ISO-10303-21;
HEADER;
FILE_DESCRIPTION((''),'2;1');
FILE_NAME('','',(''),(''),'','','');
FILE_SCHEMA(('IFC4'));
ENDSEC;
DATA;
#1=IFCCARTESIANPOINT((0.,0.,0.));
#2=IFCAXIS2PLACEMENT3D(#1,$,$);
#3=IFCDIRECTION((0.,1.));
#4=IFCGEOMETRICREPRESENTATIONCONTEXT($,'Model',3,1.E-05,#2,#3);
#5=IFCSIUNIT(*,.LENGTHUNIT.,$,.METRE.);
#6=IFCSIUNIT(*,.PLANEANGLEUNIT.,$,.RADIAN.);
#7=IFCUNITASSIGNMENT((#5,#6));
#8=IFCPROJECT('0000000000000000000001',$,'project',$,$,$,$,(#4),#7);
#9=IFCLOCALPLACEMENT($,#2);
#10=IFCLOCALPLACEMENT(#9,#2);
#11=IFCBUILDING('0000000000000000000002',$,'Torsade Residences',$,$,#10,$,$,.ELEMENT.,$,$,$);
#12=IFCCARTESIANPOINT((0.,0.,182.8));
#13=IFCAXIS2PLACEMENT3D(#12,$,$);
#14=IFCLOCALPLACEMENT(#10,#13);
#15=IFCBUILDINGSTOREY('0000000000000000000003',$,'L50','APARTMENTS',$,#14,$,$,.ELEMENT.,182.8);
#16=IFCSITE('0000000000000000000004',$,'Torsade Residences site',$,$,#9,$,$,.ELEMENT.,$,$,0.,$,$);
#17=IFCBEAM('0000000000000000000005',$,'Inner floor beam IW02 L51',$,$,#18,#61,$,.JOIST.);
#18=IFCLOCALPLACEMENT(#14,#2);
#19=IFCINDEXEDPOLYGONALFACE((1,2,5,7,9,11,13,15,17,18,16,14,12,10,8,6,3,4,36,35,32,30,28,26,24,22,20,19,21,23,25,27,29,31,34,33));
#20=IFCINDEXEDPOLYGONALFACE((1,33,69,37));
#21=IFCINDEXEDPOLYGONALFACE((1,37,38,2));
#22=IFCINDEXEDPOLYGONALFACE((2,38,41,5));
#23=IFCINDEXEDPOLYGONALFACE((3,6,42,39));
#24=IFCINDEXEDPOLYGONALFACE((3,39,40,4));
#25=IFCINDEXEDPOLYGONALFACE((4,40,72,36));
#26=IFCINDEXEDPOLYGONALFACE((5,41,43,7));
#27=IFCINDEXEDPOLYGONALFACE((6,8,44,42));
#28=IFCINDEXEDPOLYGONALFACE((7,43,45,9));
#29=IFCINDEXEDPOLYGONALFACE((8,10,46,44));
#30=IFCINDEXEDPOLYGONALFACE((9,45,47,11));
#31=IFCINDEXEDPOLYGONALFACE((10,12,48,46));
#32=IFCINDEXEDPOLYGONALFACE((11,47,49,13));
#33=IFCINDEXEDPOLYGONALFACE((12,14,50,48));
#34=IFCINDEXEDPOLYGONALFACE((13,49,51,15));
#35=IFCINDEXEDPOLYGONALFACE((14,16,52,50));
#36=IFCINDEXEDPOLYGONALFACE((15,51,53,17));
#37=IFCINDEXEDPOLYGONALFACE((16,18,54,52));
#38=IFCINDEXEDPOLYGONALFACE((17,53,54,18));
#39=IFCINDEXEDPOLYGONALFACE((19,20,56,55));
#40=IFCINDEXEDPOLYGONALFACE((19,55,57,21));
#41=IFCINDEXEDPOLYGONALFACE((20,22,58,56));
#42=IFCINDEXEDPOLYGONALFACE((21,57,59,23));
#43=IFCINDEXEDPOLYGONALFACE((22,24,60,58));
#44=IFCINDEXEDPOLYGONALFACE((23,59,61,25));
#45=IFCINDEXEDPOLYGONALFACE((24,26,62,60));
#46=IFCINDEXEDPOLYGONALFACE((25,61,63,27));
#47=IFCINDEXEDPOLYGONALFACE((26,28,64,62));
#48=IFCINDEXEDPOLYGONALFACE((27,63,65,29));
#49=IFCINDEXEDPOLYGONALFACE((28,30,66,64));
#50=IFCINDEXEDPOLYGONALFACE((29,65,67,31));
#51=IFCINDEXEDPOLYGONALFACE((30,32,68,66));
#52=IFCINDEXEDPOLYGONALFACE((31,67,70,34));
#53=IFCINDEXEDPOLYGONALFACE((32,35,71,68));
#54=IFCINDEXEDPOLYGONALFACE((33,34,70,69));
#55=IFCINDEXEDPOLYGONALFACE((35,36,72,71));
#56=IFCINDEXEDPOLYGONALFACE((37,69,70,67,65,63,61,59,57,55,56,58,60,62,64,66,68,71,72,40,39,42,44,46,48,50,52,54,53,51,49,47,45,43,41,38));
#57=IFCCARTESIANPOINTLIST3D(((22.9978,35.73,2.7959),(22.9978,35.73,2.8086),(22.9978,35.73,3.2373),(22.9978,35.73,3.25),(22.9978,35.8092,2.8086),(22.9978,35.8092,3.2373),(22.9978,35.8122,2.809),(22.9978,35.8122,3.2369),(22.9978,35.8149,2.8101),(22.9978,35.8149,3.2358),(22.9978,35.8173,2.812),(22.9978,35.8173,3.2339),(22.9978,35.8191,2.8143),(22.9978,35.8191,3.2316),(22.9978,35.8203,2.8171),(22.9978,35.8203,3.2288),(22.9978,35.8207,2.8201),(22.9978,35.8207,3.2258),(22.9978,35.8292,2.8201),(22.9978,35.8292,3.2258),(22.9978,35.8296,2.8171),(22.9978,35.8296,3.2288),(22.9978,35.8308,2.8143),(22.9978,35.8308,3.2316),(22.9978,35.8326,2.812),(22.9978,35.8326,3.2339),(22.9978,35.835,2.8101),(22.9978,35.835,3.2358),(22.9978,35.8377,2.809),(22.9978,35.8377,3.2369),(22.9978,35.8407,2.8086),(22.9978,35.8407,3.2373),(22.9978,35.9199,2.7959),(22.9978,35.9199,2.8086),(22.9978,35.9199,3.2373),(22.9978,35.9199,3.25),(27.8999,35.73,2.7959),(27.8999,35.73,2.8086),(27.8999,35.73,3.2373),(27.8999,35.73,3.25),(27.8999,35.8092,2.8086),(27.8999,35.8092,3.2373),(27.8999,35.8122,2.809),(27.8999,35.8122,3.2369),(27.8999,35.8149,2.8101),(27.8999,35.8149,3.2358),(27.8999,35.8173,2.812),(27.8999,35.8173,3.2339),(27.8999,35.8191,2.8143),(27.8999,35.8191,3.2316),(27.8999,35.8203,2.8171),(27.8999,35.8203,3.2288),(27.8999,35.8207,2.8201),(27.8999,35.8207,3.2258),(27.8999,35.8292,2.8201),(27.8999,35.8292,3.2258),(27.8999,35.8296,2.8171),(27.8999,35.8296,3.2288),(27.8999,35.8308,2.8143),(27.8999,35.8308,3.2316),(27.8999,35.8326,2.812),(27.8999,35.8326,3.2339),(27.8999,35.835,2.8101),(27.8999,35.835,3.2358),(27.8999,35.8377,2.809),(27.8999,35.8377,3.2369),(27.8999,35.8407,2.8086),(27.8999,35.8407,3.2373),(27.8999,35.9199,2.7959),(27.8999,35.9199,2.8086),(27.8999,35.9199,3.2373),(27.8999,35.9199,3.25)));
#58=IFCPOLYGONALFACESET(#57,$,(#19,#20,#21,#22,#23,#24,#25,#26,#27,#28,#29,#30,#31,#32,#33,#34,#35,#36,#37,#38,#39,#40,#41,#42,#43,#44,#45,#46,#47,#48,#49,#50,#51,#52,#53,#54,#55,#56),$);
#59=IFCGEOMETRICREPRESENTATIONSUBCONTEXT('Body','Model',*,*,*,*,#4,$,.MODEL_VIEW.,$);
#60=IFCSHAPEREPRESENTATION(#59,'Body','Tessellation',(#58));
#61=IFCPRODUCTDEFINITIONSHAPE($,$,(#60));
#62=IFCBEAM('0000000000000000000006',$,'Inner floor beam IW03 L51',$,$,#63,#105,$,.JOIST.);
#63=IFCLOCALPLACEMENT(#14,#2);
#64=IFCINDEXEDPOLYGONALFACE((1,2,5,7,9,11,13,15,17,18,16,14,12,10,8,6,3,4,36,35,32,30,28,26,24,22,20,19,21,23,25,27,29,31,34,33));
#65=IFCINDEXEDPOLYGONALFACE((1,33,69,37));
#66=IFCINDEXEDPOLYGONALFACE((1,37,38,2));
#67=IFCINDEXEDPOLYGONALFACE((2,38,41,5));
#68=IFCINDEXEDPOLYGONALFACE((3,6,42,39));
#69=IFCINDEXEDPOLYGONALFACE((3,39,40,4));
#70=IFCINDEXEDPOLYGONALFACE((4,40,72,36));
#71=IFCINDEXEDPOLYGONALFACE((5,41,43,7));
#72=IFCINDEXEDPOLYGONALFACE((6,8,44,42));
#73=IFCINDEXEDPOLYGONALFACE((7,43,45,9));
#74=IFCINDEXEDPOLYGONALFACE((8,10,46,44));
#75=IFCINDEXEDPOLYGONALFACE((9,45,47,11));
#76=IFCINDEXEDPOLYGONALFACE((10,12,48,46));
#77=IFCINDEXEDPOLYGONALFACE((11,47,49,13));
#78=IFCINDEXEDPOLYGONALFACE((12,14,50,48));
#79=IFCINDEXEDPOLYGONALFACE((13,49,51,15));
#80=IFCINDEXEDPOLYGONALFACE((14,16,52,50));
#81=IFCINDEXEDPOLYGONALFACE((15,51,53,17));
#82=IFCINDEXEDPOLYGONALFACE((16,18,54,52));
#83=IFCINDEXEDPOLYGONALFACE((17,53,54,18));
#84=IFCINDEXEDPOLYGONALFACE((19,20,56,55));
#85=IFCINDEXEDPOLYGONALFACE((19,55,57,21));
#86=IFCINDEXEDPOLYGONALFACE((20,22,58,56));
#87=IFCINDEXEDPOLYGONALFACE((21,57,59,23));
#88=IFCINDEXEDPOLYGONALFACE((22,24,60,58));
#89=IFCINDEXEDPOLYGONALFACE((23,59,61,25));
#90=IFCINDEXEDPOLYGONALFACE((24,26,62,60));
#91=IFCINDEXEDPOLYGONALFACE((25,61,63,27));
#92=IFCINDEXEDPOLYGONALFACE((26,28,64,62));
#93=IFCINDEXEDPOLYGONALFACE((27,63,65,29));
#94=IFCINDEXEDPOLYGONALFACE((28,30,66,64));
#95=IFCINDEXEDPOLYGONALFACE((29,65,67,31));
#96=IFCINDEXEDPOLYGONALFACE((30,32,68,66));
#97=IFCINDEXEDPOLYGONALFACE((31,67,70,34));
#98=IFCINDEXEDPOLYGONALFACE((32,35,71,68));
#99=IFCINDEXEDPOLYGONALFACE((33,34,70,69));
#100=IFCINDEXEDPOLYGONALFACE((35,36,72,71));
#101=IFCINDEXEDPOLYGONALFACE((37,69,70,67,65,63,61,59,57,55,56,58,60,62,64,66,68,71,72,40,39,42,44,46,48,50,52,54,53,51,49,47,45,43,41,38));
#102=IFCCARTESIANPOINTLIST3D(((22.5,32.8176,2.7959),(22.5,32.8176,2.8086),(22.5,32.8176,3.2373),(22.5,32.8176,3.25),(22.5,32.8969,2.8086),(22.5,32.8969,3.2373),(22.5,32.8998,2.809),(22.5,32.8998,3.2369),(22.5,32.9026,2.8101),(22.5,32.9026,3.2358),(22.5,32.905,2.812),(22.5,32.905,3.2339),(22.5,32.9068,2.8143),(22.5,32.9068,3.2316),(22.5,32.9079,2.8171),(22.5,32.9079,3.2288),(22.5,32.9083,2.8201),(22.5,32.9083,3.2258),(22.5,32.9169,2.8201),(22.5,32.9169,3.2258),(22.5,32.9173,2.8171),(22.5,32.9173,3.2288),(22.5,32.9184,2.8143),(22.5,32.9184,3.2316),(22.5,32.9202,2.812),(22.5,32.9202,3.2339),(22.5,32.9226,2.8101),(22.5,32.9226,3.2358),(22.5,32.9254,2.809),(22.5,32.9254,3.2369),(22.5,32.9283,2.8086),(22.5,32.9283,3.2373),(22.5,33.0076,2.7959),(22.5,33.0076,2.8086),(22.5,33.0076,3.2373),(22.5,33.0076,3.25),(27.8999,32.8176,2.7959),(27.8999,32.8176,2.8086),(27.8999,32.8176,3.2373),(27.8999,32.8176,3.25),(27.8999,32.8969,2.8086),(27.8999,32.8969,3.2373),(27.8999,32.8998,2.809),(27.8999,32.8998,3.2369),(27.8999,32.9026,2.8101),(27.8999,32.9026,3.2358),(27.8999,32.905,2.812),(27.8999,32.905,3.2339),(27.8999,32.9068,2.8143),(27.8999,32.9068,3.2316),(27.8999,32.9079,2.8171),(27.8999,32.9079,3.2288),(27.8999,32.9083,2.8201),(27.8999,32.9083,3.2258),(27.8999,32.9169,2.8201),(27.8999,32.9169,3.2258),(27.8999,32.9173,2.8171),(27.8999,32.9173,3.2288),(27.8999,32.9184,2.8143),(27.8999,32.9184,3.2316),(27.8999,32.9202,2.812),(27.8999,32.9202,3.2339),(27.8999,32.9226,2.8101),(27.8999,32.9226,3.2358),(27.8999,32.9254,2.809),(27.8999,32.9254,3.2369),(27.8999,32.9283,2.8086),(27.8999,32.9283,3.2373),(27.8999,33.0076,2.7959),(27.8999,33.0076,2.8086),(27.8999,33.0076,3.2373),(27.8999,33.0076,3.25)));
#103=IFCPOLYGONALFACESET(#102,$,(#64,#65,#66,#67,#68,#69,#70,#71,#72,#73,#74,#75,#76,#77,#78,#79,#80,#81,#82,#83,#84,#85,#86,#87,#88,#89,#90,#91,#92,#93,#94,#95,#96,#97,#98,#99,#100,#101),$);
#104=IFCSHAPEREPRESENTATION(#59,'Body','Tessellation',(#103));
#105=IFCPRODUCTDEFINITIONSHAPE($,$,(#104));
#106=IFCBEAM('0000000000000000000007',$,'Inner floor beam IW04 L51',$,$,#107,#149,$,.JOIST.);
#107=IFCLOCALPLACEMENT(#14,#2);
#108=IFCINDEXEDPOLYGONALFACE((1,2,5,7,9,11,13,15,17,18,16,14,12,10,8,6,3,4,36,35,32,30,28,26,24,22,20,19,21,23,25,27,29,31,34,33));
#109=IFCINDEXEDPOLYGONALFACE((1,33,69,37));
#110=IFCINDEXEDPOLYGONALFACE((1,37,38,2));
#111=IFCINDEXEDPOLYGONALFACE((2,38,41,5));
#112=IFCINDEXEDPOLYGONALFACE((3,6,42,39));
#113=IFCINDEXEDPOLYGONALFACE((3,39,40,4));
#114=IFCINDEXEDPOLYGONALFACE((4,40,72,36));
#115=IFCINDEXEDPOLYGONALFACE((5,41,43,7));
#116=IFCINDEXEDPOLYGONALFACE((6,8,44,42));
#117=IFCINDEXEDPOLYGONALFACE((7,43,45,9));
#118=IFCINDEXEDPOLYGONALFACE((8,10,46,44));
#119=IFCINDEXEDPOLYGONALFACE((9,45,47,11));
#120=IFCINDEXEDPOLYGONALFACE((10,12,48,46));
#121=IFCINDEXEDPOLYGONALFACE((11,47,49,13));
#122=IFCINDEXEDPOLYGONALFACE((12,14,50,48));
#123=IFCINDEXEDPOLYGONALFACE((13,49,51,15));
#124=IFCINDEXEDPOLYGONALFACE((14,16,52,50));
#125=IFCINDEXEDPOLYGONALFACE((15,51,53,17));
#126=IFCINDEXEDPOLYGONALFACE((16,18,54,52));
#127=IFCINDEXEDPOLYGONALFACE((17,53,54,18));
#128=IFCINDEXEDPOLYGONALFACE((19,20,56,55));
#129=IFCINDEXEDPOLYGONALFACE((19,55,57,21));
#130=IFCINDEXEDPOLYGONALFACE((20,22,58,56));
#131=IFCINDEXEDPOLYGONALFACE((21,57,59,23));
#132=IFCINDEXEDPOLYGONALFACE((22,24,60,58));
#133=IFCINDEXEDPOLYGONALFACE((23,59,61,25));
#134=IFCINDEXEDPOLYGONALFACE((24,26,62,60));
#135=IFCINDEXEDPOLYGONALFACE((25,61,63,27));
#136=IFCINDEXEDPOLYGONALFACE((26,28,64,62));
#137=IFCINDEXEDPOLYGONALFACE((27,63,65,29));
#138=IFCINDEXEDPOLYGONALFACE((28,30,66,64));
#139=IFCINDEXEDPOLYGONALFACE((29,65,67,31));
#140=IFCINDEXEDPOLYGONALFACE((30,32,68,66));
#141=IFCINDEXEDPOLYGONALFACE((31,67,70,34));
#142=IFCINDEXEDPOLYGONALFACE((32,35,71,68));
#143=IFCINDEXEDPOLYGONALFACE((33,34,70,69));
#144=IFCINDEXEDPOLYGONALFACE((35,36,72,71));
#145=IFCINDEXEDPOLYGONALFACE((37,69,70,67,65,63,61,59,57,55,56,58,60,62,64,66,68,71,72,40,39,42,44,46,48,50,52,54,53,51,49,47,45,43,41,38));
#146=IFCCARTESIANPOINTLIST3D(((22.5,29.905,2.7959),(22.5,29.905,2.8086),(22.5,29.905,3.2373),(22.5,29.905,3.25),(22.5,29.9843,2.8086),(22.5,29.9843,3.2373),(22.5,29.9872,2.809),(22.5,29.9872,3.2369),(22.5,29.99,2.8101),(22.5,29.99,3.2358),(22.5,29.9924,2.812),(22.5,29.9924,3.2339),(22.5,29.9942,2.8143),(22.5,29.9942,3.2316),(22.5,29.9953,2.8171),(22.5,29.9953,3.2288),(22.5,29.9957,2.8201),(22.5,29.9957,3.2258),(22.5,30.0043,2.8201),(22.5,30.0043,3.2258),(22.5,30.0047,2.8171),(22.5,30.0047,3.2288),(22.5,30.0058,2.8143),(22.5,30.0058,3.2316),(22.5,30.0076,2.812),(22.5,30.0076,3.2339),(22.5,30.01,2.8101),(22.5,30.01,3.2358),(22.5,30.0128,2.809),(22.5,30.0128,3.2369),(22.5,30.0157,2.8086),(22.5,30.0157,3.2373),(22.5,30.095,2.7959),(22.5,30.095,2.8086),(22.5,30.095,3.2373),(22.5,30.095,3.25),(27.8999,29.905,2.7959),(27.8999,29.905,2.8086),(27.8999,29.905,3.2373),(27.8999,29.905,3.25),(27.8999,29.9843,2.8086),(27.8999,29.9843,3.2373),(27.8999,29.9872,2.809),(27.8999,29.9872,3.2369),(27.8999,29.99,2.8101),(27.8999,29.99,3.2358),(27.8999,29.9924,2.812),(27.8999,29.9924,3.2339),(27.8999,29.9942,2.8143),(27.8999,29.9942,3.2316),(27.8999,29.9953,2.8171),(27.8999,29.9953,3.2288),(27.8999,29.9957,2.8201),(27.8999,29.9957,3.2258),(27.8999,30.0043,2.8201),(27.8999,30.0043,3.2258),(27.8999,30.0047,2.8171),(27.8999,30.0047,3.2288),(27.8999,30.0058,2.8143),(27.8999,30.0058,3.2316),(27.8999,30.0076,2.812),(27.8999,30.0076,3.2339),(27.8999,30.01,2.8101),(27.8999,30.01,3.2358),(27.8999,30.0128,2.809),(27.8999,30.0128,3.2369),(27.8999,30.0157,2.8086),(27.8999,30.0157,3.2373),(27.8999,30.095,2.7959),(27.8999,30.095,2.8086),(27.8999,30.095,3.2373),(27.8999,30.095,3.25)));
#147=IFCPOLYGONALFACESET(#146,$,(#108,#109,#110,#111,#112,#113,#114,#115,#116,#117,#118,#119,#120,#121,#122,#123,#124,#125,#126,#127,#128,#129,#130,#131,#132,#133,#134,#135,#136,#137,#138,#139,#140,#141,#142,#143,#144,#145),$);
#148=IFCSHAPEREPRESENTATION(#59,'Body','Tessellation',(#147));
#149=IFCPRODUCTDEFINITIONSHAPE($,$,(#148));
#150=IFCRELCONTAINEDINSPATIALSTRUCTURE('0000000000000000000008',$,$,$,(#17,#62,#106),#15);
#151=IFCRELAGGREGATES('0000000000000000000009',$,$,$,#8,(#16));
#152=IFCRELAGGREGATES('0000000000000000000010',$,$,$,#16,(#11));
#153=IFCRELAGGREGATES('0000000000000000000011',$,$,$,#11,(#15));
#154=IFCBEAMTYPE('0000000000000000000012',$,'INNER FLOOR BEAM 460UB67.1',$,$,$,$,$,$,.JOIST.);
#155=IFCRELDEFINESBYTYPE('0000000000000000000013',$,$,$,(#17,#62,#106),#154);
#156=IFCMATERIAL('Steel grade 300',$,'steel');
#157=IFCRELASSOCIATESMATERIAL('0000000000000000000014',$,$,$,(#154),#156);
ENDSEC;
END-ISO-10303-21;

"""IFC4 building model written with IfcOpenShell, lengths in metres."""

from ifc_helpers import new_model, si_unit, direction, frame, origin, origin_2d, place, context, subcontext, project, spatial, i_section, extrude, material, material_profile, profile_set, type_object, element, save


model = new_model("IFC4")

# Units and contexts
model_context = context("Model", 3, precision=1e-05, world=origin(), true_north=direction((0.0, 1.0)))
body_context = subcontext(model_context, "Body", "Model", "MODEL_VIEW")
ifc_project = project(units=[si_unit("LENGTHUNIT", "METRE"), si_unit("PLANEANGLEUNIT", "RADIAN")], contexts=[model_context])

# Site, building, storey
site_placement = place(None, origin())
site = spatial("IfcSite", under=ifc_project, at=site_placement, Name="Torsade Residences site", CompositionType="ELEMENT", RefElevation=0.0)
building_placement = place(site_placement, origin())
building = spatial("IfcBuilding", under=site, at=building_placement, Name="Torsade Residences", CompositionType="ELEMENT")
storey_placement = place(building_placement, frame((0.0, 0.0, 182.8)))
storey = spatial("IfcBuildingStorey", under=building, at=storey_placement, Name="L50", Description="APARTMENTS", CompositionType="ELEMENT", Elevation=182.8)

# Beams
ifc_material_1 = material(Name="Steel grade 300", Category="steel")
ifc_material_profile = material_profile(ifc_material_1, i_section(OverallWidth=0.1899, OverallDepth=0.4541, WebThickness=0.0085, FlangeThickness=0.0127, FilletRadius=0.0115, at=origin_2d()), Name="460UB67.1")
ifc_profile_set = profile_set([ifc_material_profile], Name="Steel grade 300")
beam_type = type_object("IfcBeamType", Name="INNER FLOOR BEAM 460UB67.1", PredefinedType="JOIST", material=ifc_profile_set)
beam_placement = place(storey_placement, frame((27.8999, 35.825, 3.0229), z_axis=(-1.0, 0.0, 0.0), x_axis=(0.0, -1.0, 0.0)))
element("IfcBeam", 1, at=beam_placement, inside=storey, type_object=beam_type, Name="Inner floor beam IW02 L51", PredefinedType="JOIST", context=body_context, shape_type="SweptSolid", body=[
    extrude(i_section(OverallWidth=0.1899, OverallDepth=0.4541, WebThickness=0.0085, FlangeThickness=0.0127, FilletRadius=0.0115, at=origin_2d()), origin(), (0.0, 0.0, 1.0), 4.9021),
])
for number, where, z_axis, x_axis, name in (
    (2, (27.8999, 32.9126, 3.0229), (-1.0, 0.0, 0.0), (0.0, -1.0, 0.0), "Inner floor beam IW03 L51"),
    (3, (27.8999, 30.0, 3.0229), (-1.0, 0.0, 0.0), (0.0, -1.0, 0.0), "Inner floor beam IW04 L51"),
):
    element("IfcBeam", number, at=place(storey_placement, frame(where, z_axis=z_axis, x_axis=x_axis)), inside=storey, type_object=beam_type, Name=name, PredefinedType="JOIST", context=body_context, shape_type="SweptSolid", body=[
        extrude(i_section(OverallWidth=0.1899, OverallDepth=0.4541, WebThickness=0.0085, FlangeThickness=0.0127, FilletRadius=0.0115, at=origin_2d()), origin(), (0.0, 0.0, 1.0), 5.3999),
    ])

save(model, "model.ifc")
